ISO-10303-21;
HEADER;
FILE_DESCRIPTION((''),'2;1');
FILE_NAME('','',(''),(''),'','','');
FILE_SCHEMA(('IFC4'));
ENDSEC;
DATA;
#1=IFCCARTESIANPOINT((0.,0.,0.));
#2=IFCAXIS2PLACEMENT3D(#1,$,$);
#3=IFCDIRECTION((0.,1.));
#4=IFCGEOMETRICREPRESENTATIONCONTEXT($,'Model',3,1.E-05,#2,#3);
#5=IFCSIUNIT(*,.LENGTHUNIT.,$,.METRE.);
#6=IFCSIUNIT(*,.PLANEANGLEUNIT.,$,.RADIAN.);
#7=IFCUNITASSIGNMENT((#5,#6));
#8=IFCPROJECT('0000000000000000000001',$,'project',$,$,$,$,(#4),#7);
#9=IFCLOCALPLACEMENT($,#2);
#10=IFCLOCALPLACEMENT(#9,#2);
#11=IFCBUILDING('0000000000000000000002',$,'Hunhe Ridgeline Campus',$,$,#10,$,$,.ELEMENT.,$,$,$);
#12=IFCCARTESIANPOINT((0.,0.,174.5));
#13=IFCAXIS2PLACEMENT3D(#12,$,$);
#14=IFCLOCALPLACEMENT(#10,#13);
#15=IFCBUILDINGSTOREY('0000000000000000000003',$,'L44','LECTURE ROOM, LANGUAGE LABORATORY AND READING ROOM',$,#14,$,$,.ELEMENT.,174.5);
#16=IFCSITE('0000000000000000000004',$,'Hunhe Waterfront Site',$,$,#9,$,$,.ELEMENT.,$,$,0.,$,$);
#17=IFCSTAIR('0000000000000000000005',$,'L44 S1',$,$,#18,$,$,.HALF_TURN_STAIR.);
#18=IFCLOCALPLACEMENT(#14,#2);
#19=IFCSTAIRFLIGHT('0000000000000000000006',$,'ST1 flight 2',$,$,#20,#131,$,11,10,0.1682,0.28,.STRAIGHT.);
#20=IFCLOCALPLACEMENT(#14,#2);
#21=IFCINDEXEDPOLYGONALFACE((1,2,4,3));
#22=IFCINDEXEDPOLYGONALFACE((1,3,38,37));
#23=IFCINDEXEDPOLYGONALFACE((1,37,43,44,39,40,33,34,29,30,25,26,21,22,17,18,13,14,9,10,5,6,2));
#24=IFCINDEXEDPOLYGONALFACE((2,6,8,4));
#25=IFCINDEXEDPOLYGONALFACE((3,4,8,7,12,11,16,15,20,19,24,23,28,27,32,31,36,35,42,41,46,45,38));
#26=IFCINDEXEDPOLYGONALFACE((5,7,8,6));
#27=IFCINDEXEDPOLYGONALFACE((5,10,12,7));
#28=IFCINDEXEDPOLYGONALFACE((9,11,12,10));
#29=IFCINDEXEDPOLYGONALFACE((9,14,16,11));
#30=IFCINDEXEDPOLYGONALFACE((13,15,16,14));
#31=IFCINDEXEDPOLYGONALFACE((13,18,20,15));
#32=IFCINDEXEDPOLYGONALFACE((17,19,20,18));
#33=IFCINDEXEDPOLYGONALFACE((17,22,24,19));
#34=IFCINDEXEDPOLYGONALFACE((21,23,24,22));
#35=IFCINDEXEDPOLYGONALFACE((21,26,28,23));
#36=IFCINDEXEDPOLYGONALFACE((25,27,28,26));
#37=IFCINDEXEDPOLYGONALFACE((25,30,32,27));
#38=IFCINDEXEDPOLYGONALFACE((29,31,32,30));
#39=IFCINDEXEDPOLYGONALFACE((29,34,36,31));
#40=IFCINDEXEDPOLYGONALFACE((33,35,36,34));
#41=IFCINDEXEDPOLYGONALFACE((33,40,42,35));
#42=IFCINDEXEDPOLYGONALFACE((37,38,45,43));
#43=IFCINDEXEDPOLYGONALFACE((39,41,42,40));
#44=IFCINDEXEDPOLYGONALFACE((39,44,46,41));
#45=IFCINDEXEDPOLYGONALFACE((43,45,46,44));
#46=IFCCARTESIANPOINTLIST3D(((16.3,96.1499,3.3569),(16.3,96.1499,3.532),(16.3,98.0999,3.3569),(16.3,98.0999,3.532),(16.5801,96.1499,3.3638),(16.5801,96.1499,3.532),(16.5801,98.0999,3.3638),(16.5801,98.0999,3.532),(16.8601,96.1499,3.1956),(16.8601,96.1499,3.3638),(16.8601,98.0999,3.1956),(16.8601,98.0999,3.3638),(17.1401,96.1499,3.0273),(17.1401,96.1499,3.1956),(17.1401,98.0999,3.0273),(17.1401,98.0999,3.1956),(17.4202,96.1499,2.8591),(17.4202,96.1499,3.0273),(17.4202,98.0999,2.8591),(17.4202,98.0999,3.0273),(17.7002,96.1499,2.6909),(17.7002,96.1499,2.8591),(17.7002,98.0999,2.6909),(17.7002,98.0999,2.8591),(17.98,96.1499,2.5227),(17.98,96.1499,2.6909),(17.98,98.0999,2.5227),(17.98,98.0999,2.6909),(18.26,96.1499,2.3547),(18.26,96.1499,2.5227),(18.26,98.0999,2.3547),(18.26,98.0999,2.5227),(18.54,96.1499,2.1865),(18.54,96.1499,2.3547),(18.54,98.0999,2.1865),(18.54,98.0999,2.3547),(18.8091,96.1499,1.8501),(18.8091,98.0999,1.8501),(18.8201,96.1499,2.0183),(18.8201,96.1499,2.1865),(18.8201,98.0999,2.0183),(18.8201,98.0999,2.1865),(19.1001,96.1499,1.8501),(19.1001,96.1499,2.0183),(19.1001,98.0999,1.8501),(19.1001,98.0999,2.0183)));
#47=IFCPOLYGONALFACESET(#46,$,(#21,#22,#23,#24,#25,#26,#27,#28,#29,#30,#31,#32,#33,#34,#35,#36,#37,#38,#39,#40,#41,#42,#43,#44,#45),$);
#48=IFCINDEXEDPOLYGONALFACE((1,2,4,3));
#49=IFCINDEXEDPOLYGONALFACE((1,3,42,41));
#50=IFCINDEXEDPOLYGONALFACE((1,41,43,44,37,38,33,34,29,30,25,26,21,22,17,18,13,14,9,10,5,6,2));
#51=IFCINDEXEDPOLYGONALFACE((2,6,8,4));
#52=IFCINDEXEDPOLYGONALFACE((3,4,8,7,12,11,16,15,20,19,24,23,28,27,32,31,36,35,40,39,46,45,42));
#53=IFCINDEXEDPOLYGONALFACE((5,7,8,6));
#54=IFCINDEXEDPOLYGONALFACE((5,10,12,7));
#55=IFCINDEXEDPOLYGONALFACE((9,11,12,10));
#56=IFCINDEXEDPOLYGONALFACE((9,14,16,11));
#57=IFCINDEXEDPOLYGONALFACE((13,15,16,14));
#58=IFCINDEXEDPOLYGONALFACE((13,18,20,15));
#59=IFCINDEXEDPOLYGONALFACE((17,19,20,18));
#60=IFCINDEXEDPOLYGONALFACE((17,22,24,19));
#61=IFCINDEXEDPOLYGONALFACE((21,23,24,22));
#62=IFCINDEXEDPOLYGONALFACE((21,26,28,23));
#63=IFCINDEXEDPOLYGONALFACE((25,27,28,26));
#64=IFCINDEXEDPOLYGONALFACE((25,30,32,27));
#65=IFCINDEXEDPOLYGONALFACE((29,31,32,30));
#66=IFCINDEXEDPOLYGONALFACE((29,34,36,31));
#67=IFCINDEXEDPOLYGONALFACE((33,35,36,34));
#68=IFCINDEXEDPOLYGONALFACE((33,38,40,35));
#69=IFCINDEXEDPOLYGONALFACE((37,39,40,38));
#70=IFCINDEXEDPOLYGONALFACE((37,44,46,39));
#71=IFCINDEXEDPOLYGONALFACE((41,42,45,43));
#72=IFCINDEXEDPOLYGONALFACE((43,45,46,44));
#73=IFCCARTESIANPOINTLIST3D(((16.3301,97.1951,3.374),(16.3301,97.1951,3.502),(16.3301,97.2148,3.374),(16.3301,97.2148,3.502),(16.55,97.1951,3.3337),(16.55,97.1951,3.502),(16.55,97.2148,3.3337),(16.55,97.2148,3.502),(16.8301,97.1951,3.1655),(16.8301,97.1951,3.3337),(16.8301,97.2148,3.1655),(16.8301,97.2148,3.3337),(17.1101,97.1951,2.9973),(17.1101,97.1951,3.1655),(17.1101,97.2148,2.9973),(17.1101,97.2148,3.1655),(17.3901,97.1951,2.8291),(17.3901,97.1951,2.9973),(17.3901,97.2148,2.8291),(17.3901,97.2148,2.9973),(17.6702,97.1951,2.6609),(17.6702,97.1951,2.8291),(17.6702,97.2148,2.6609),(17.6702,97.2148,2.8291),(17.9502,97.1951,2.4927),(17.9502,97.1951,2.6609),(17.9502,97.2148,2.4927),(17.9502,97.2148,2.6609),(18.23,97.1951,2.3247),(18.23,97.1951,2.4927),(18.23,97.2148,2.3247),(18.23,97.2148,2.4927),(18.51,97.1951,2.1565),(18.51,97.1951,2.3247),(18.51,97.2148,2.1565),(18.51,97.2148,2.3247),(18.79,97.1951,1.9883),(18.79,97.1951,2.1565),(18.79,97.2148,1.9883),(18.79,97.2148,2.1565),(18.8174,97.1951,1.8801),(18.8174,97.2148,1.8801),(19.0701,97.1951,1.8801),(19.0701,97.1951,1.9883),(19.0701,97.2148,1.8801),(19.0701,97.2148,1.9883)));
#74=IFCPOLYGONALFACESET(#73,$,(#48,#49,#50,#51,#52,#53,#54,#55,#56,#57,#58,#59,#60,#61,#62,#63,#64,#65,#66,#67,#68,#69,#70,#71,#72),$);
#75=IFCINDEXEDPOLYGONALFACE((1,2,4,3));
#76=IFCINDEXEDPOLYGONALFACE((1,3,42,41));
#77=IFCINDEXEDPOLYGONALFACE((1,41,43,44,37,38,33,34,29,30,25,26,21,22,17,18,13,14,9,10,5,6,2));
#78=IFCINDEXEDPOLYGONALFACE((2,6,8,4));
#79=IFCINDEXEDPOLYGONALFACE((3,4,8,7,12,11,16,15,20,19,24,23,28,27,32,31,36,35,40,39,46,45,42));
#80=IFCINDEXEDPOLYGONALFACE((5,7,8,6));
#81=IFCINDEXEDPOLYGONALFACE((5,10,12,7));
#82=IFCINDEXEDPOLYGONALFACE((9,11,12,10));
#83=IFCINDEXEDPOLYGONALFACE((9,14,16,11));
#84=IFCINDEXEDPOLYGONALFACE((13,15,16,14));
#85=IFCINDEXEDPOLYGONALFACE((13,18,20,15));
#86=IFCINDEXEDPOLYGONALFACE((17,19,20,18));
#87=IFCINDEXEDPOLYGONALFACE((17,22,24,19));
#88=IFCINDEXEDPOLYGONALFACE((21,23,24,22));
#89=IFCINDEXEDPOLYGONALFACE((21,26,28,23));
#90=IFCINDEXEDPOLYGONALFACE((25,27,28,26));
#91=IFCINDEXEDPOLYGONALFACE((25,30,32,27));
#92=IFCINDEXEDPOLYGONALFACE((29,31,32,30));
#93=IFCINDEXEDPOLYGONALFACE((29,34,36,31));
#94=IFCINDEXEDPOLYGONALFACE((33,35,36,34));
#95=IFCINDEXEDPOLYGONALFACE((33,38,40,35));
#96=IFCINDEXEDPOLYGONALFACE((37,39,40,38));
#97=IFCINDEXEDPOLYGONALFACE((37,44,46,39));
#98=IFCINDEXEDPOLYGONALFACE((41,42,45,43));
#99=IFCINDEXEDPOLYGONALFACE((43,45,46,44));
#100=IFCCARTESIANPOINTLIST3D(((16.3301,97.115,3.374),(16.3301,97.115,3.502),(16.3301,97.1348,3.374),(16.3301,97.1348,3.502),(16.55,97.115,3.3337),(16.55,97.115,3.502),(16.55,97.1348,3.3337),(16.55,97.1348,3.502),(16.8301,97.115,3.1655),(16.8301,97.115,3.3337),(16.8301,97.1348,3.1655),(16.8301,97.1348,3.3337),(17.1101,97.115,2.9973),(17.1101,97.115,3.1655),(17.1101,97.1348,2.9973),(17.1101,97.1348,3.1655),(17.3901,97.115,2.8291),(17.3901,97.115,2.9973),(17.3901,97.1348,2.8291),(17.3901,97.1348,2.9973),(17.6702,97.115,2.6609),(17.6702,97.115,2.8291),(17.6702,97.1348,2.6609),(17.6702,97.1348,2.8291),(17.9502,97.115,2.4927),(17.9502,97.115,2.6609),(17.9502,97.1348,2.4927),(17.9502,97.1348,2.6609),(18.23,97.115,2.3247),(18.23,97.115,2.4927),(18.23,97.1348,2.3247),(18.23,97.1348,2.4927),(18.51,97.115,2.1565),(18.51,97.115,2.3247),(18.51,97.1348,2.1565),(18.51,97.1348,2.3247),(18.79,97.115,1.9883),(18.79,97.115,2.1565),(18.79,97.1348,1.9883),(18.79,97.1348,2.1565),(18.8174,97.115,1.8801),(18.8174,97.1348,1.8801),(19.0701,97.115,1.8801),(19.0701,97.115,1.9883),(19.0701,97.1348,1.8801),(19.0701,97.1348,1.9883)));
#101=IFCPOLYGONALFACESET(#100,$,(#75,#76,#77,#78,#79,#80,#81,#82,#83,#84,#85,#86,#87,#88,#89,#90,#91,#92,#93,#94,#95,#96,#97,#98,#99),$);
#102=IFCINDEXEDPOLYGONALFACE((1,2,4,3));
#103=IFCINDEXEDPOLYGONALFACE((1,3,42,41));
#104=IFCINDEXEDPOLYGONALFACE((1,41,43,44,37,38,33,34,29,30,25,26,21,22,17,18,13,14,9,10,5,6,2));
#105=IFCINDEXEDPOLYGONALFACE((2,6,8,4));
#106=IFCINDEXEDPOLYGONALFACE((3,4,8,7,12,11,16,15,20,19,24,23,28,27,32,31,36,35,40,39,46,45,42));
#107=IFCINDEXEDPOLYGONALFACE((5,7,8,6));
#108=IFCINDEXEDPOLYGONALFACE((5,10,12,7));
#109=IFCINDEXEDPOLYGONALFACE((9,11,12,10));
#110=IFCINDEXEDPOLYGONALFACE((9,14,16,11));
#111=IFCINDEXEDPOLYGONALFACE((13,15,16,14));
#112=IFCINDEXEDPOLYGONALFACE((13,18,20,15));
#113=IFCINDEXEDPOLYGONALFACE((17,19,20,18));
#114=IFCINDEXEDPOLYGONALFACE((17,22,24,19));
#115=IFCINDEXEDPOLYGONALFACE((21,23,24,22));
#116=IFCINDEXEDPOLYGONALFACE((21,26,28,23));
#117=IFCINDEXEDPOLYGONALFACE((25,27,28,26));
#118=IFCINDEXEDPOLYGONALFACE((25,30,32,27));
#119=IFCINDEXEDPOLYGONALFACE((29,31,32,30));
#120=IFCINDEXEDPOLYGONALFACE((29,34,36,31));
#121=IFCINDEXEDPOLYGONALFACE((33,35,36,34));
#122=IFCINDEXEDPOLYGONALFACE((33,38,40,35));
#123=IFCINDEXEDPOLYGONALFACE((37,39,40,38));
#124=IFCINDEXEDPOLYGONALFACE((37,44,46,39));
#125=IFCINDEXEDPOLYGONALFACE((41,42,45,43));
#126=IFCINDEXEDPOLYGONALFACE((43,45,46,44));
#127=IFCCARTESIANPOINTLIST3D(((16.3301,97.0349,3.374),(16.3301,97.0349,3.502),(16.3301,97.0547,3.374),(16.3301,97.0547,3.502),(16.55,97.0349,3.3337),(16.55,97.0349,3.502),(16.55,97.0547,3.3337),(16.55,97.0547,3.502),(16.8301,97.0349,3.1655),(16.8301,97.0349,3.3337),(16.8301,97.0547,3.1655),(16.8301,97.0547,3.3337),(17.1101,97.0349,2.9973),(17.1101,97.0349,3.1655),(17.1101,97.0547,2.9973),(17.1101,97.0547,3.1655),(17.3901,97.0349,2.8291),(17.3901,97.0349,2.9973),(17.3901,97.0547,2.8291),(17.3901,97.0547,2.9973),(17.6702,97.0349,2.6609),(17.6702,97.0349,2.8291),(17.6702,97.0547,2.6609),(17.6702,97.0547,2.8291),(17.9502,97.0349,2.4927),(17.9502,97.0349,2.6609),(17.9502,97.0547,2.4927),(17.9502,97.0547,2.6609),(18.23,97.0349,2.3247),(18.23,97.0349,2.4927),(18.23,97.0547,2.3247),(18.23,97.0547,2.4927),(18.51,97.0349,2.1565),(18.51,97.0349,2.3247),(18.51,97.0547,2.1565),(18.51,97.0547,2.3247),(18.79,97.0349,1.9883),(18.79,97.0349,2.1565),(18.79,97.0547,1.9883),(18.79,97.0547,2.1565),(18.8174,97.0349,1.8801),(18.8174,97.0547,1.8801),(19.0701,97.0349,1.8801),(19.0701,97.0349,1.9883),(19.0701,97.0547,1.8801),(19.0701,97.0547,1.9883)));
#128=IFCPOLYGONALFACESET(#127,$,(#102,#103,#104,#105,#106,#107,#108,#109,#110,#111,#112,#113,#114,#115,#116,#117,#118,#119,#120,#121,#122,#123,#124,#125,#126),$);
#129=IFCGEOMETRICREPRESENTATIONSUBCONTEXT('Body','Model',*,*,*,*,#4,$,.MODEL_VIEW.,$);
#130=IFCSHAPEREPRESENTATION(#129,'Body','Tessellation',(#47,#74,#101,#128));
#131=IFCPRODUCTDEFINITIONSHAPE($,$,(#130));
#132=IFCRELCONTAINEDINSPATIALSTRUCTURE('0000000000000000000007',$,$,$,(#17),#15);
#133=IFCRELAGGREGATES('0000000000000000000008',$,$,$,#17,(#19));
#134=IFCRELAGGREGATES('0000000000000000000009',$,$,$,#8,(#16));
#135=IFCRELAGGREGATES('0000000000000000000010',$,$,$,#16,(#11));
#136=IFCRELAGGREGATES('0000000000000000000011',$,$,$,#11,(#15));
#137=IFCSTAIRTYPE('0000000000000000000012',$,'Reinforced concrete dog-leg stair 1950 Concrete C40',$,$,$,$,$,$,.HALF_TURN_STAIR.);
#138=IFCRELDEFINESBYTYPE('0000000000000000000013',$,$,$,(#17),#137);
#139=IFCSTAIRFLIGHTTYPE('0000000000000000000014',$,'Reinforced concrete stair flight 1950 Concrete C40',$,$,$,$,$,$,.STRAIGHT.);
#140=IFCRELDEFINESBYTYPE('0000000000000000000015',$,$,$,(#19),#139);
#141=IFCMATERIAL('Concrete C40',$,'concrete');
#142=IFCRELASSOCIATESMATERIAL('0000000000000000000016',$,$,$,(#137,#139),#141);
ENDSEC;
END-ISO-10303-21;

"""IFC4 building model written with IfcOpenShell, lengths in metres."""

from ifc_helpers import new_model, si_unit, direction, frame, origin, place, context, subcontext, project, spatial, polyline, outline, extrude, material, type_object, element, aggregate, save


model = new_model("IFC4")

# Units and contexts
model_context = context("Model", 3, precision=1e-05, world=origin(), true_north=direction((0.0, 1.0)))
body_context = subcontext(model_context, "Body", "Model", "MODEL_VIEW")
ifc_project = project(units=[si_unit("LENGTHUNIT", "METRE"), si_unit("PLANEANGLEUNIT", "RADIAN")], contexts=[model_context])

# Site, building, storey
site_placement = place(None, origin())
site = spatial("IfcSite", under=ifc_project, at=site_placement, Name="Hunhe Waterfront Site", CompositionType="ELEMENT", RefElevation=0.0)
building_placement = place(site_placement, origin())
building = spatial("IfcBuilding", under=site, at=building_placement, Name="Hunhe Ridgeline Campus", CompositionType="ELEMENT")
storey_placement = place(building_placement, frame((0.0, 0.0, 174.5)))
storey = spatial("IfcBuildingStorey", under=building, at=storey_placement, Name="L44", Description="LECTURE ROOM, LANGUAGE LABORATORY AND READING ROOM", CompositionType="ELEMENT", Elevation=174.5)

# Stair, stair flight
ifc_material_1 = material(Name="Concrete C40", Category="concrete")
stair_type = type_object("IfcStairType", Name="Reinforced concrete dog-leg stair 1950 Concrete C40", PredefinedType="HALF_TURN_STAIR", material=ifc_material_1)
stair_1_placement = place(storey_placement, origin())
stair_1 = element("IfcStair", 1, at=stair_1_placement, inside=storey, type_object=stair_type, Name="L44 S1", PredefinedType="HALF_TURN_STAIR")
stair_flight_type = type_object("IfcStairFlightType", Name="Reinforced concrete stair flight 1950 Concrete C40", PredefinedType="STRAIGHT", material=ifc_material_1)
stair_flight_1_placement = place(storey_placement, frame((19.1001, 97.125, 1.8501), z_axis=(0.0, 0.0, 1.0), x_axis=(-1.0, 0.0, 0.0)))
stair_flight_1 = element("IfcStairFlight", 2, at=stair_flight_1_placement, type_object=stair_flight_type, Name="ST1 flight 2", NumberOfRisers=11, NumberOfTreads=10, PredefinedType="STRAIGHT", RiserHeight=0.1682, TreadLength=0.28, context=body_context, shape_type="SweptSolid", body=[
    extrude(outline(polyline([(0.0, 0.0), (0.0, 0.1682), (0.28, 0.1682), (0.28, 0.3364), (0.5601, 0.3364), (0.5601, 0.5046), (0.8401, 0.5046), (0.8401, 0.6726), (1.1201, 0.6726), (1.1201, 0.8408), (1.3999, 0.8408), (1.3999, 1.009), (1.6799, 1.009), (1.6799, 1.1772), (1.96, 1.1772), (1.96, 1.3455), (2.24, 1.3455), (2.24, 1.5137), (2.52, 1.5137), (2.52, 1.6819), (2.8, 1.6819), (2.8, 1.8501), (2.8, 1.5068), (0.291, 0.0), (0.0, 0.0)])), frame((0.0, 0.9751, 0.0), z_axis=(0.0, -1.0, 0.0), x_axis=(1.0, 0.0, 0.0)), (0.0, 0.0, 1.0), 1.95),
    extrude(outline(polyline([(0.03, 0.03), (0.03, 0.1382), (0.3101, 0.1382), (0.3101, 0.3064), (0.5901, 0.3064), (0.5901, 0.4746), (0.8701, 0.4746), (0.8701, 0.6426), (1.1499, 0.6426), (1.1499, 0.8108), (1.4299, 0.8108), (1.4299, 0.979), (1.71, 0.979), (1.71, 1.1472), (1.99, 1.1472), (1.99, 1.3154), (2.27, 1.3154), (2.27, 1.4836), (2.55, 1.4836), (2.55, 1.6519), (2.77, 1.6519), (2.77, 1.5239), (0.2827, 0.03), (0.03, 0.03)])), frame((0.0, -0.0701, 0.0), z_axis=(0.0, -1.0, 0.0), x_axis=(1.0, 0.0, 0.0)), (0.0, 0.0, 1.0), 0.0198),
    extrude(outline(polyline([(0.03, 0.03), (0.03, 0.1382), (0.3101, 0.1382), (0.3101, 0.3064), (0.5901, 0.3064), (0.5901, 0.4746), (0.8701, 0.4746), (0.8701, 0.6426), (1.1499, 0.6426), (1.1499, 0.8108), (1.4299, 0.8108), (1.4299, 0.979), (1.71, 0.979), (1.71, 1.1472), (1.99, 1.1472), (1.99, 1.3154), (2.27, 1.3154), (2.27, 1.4836), (2.55, 1.4836), (2.55, 1.6519), (2.77, 1.6519), (2.77, 1.5239), (0.2827, 0.03), (0.03, 0.03)])), frame((0.0, 0.01, 0.0), z_axis=(0.0, -1.0, 0.0), x_axis=(1.0, 0.0, 0.0)), (0.0, 0.0, 1.0), 0.0198),
    extrude(outline(polyline([(0.03, 0.03), (0.03, 0.1382), (0.3101, 0.1382), (0.3101, 0.3064), (0.5901, 0.3064), (0.5901, 0.4746), (0.8701, 0.4746), (0.8701, 0.6426), (1.1499, 0.6426), (1.1499, 0.8108), (1.4299, 0.8108), (1.4299, 0.979), (1.71, 0.979), (1.71, 1.1472), (1.99, 1.1472), (1.99, 1.3154), (2.27, 1.3154), (2.27, 1.4836), (2.55, 1.4836), (2.55, 1.6519), (2.77, 1.6519), (2.77, 1.5239), (0.2827, 0.03), (0.03, 0.03)])), frame((0.0, 0.0901, 0.0), z_axis=(0.0, -1.0, 0.0), x_axis=(1.0, 0.0, 0.0)), (0.0, 0.0, 1.0), 0.0198),
])
aggregate(stair_1, [stair_flight_1])

save(model, "model.ifc")
